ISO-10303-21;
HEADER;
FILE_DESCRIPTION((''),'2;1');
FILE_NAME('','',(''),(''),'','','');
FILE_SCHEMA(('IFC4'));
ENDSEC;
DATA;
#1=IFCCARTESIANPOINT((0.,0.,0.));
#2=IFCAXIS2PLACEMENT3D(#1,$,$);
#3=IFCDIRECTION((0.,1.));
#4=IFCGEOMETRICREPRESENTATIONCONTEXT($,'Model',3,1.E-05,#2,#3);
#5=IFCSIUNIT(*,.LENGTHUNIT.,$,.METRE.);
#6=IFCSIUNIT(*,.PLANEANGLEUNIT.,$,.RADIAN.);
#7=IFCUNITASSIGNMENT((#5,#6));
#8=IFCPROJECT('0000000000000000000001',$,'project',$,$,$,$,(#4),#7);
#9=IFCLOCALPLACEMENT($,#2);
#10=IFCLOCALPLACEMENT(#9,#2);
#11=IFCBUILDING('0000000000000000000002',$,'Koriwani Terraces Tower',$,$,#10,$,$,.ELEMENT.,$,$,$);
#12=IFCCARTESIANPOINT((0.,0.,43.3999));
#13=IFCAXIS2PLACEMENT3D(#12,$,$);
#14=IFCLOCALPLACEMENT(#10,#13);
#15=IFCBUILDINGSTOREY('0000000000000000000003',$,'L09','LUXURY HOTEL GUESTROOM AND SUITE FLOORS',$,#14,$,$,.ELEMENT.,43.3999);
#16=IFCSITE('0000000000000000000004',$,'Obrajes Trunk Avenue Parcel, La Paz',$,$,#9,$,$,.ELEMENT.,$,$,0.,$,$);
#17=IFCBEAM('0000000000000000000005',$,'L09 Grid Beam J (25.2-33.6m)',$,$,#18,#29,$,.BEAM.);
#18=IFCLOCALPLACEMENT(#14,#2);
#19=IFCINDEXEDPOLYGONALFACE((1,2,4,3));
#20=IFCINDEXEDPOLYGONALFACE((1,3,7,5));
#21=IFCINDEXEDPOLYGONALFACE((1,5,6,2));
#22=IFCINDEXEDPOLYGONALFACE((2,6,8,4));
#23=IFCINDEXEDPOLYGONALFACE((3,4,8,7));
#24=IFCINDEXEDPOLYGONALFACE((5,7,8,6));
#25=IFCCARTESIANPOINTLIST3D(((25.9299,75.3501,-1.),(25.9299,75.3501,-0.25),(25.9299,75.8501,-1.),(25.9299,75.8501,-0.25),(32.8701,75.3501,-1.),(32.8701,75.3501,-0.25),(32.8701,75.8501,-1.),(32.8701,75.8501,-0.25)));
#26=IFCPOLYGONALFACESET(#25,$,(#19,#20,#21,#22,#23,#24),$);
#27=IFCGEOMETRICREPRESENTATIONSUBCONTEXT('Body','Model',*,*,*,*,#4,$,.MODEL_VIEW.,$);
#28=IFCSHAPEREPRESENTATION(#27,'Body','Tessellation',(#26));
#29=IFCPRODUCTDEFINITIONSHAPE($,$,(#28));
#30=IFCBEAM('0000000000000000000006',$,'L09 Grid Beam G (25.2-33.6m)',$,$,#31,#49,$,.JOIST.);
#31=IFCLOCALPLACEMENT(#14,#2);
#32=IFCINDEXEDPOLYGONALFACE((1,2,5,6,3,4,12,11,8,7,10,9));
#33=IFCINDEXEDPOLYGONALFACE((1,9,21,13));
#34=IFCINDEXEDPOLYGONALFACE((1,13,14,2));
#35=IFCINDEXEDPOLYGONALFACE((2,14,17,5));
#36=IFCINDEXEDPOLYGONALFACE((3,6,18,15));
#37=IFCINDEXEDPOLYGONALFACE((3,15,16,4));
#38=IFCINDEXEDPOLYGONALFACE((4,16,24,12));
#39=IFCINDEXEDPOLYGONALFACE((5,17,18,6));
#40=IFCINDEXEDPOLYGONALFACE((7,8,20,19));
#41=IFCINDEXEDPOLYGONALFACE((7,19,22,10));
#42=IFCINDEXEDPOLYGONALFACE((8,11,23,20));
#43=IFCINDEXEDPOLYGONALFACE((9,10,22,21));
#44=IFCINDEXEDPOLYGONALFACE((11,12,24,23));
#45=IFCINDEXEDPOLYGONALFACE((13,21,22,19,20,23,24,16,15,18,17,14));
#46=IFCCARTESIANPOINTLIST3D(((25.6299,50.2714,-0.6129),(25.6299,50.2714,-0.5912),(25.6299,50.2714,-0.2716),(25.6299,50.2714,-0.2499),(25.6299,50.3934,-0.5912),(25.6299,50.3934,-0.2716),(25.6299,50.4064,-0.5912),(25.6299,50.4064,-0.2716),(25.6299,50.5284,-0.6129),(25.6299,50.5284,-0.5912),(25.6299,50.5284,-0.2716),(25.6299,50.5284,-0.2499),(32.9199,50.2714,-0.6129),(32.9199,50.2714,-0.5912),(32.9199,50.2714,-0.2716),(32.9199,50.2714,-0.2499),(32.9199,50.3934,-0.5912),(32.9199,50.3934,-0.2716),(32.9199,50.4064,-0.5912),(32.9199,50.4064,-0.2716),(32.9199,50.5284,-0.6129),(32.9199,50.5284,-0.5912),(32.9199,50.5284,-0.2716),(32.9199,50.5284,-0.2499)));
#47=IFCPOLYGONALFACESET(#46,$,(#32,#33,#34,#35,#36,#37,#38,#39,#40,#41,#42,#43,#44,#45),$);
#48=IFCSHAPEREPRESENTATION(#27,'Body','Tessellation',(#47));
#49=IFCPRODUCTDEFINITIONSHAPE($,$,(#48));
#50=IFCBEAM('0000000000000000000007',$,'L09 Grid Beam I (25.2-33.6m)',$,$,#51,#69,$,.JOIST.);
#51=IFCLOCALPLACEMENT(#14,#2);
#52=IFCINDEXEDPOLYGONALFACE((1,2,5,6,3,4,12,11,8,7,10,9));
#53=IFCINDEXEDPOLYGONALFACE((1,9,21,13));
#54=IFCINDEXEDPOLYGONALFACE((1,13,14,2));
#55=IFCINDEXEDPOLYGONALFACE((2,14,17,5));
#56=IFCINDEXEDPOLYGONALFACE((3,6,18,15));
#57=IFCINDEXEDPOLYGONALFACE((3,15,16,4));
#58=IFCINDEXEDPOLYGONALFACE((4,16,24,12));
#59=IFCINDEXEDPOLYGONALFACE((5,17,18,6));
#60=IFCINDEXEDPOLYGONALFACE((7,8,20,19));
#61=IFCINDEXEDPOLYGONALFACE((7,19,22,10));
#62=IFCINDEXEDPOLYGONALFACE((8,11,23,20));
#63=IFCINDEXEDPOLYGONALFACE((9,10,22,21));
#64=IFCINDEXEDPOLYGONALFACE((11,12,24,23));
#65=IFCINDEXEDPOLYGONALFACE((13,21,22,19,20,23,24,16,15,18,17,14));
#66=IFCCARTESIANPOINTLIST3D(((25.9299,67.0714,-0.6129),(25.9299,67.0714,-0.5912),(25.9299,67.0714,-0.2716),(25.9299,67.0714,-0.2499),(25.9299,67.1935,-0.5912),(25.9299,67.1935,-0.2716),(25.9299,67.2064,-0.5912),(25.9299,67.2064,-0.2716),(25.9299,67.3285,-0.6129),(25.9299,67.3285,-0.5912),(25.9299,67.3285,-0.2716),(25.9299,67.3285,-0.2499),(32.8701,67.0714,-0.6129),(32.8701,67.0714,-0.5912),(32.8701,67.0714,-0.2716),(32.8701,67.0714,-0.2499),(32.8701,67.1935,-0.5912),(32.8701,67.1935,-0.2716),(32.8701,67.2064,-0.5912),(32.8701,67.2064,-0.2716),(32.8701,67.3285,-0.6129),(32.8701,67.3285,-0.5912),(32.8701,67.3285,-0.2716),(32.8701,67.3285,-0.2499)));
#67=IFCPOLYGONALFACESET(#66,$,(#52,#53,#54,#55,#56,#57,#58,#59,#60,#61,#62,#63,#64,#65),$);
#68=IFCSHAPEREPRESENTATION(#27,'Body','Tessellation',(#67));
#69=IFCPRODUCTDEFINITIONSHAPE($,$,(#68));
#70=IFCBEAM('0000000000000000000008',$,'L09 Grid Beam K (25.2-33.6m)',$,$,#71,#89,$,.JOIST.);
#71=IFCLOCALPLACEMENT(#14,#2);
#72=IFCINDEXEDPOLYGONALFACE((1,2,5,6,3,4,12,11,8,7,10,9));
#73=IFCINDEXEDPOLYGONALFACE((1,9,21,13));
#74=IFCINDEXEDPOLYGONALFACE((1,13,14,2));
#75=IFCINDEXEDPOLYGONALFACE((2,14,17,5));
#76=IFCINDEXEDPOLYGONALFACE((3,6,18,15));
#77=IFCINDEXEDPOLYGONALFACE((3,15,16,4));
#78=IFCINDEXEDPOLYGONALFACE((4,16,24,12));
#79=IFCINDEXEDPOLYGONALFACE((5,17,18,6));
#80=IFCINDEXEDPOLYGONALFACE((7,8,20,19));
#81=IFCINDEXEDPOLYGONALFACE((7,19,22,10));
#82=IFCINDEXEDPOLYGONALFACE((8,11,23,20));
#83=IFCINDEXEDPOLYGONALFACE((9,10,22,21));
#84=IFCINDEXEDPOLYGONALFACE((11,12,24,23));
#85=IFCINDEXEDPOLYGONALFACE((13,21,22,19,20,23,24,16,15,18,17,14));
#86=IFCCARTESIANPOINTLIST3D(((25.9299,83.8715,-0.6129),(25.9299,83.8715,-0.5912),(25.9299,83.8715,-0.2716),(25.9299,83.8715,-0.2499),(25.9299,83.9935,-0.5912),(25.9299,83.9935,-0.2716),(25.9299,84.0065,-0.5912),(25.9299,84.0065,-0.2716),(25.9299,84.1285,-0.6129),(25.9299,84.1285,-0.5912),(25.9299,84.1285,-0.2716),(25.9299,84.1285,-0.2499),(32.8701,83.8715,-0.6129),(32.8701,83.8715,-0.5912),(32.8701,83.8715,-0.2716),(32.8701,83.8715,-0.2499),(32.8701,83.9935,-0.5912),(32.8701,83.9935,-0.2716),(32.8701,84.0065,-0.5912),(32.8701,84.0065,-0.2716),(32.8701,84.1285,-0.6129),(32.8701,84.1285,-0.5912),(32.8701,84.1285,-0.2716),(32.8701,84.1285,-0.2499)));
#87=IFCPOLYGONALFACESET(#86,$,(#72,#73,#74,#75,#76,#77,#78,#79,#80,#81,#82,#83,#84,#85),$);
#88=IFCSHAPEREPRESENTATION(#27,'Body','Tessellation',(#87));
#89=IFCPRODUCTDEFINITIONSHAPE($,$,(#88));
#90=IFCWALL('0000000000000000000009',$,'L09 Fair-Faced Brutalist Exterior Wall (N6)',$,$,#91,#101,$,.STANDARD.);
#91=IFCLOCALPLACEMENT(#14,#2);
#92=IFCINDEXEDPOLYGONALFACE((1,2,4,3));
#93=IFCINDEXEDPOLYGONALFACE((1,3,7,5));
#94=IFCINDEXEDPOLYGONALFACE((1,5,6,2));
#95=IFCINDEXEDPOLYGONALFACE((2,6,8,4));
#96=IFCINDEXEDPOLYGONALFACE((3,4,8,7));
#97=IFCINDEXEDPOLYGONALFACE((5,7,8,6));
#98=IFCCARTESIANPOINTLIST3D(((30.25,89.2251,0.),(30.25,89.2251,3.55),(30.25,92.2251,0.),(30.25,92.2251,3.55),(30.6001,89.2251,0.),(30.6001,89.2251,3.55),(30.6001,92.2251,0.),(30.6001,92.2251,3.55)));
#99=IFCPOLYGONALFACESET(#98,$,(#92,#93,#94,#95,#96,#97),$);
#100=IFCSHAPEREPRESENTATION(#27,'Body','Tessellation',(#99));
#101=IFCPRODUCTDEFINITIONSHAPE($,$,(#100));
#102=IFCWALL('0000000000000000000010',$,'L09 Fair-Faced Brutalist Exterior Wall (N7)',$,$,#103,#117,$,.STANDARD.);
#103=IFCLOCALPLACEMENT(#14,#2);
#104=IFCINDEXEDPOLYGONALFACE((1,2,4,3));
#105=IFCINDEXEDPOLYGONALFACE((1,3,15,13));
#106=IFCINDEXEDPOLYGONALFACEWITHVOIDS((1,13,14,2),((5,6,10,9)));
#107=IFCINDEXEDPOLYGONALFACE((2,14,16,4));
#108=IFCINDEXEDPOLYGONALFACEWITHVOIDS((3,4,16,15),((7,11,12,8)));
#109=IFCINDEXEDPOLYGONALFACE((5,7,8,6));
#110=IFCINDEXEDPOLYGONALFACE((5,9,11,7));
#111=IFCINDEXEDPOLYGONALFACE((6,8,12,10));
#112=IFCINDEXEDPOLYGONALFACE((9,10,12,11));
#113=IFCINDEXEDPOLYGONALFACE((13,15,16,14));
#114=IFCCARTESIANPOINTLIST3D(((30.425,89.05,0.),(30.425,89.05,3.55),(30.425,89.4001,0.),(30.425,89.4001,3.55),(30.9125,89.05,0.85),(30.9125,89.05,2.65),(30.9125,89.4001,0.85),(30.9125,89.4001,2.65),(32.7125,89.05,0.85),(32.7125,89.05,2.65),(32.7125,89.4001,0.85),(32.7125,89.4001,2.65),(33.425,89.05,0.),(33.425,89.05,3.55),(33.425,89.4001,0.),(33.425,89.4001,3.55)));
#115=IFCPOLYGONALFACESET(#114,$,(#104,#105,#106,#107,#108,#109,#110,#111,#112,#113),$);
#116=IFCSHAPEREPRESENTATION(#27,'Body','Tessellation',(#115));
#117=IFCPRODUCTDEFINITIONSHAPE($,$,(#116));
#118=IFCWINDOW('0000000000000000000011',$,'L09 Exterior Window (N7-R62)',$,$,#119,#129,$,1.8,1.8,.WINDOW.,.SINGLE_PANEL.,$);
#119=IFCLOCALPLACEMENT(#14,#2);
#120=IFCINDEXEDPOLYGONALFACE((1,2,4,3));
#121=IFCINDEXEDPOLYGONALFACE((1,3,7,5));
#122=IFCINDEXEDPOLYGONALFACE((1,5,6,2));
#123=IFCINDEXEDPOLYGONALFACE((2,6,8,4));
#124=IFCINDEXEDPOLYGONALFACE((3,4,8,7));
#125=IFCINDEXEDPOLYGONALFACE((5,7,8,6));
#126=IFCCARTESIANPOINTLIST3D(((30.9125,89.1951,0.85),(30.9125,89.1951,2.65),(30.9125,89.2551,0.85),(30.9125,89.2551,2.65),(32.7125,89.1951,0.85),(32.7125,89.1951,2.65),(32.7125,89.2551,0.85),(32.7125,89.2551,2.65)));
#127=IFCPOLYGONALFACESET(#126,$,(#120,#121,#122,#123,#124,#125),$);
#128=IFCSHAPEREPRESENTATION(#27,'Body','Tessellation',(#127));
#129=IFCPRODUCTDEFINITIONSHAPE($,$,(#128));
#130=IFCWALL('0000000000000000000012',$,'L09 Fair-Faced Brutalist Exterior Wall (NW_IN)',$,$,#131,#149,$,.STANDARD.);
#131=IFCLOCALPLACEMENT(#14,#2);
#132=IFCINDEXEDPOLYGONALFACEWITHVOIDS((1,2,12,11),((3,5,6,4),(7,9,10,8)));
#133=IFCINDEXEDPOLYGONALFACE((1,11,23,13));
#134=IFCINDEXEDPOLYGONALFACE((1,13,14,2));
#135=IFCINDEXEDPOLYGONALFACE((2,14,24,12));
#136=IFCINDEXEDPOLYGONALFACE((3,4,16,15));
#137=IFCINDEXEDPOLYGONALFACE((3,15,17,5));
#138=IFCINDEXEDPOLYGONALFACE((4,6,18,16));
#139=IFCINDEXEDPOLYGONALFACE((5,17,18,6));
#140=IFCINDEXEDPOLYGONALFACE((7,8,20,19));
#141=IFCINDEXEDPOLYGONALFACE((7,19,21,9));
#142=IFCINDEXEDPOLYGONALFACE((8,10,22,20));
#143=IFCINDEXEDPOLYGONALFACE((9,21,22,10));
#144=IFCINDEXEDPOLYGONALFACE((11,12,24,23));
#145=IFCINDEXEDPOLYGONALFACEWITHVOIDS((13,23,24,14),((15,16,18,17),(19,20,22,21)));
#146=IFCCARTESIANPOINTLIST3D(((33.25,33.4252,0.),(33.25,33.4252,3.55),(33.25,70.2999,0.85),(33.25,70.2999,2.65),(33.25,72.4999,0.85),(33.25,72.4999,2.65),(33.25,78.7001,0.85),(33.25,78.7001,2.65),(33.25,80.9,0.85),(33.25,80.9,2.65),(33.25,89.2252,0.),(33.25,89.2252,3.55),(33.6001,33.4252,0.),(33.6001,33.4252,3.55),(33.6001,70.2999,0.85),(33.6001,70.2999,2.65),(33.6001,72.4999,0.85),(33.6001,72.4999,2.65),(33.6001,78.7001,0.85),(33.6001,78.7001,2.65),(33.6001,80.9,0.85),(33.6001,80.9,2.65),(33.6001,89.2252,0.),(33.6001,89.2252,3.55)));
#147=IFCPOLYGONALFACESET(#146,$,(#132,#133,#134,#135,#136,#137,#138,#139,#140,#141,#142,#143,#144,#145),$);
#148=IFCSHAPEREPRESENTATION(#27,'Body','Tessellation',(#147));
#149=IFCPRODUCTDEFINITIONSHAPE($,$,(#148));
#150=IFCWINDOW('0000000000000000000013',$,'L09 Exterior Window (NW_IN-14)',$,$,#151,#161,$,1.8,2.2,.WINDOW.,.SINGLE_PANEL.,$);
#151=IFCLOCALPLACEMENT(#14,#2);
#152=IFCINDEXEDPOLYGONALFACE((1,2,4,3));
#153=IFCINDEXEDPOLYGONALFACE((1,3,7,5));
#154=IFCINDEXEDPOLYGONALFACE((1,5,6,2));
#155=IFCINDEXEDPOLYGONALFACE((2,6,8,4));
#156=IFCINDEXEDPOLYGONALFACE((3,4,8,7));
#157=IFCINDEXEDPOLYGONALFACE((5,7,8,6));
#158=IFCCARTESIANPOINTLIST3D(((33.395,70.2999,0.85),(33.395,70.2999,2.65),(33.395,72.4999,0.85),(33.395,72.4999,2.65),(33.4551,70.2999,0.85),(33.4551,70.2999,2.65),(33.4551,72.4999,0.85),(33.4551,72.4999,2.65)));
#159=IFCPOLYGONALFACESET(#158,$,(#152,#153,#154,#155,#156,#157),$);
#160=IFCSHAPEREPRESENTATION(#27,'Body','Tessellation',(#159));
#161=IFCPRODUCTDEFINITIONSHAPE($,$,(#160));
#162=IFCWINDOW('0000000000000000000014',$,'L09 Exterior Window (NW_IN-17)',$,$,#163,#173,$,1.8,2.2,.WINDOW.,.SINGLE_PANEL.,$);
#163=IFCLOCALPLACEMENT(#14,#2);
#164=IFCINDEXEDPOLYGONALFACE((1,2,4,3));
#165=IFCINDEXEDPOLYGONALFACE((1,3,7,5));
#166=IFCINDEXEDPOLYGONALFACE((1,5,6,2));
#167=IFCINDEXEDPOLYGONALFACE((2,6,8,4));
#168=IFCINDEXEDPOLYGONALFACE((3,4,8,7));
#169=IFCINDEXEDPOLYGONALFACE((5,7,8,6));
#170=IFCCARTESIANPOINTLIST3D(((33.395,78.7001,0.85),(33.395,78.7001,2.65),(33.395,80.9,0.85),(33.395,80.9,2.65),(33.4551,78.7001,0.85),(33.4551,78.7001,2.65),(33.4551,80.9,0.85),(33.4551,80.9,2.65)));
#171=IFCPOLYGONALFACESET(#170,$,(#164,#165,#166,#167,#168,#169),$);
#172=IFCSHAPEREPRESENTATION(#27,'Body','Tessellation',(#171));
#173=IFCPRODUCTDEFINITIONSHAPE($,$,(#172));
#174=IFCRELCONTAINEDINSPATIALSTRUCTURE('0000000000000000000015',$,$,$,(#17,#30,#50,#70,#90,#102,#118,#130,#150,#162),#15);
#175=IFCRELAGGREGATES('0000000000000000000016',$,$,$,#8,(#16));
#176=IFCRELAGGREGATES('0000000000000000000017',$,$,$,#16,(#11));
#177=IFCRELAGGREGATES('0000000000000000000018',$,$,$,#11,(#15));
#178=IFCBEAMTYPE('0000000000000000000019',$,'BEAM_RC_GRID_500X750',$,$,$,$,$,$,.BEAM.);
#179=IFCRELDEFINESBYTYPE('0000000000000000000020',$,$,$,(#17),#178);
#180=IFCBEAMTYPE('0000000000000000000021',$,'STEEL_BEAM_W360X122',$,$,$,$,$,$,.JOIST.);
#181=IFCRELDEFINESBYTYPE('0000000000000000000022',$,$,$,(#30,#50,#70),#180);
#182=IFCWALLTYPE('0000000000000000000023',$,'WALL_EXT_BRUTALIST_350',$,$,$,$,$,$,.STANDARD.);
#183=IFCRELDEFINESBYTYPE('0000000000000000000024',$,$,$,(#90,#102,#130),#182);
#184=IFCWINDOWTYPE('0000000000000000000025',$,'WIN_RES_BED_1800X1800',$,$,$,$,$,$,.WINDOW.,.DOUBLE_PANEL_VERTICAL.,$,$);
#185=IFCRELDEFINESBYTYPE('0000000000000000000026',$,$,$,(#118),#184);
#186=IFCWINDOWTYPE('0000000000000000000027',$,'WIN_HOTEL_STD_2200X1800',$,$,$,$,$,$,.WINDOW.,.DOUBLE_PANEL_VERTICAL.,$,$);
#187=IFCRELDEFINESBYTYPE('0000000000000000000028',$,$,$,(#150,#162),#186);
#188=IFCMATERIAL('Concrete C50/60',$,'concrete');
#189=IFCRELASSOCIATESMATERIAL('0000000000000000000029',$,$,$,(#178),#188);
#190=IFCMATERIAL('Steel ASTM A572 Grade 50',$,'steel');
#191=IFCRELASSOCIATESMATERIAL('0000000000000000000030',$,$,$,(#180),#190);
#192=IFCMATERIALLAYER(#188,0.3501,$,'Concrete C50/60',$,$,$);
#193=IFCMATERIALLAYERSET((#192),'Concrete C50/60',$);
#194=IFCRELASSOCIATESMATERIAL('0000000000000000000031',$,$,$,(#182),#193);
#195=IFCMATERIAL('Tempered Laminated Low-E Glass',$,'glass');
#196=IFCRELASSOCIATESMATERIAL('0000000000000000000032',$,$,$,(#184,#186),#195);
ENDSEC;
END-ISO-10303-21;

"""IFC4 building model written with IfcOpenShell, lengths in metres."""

from ifc_helpers import new_model, si_unit, direction, frame, frame_2d, origin, origin_2d, place, context, subcontext, project, spatial, rectangle, i_section, extrude, material, layer, layer_set, material_profile, profile_set, type_object, element, fill, save


model = new_model("IFC4")

# Units and contexts
model_context = context("Model", 3, precision=1e-05, world=origin(), true_north=direction((0.0, 1.0)))
body_context = subcontext(model_context, "Body", "Model", "MODEL_VIEW")
ifc_project = project(units=[si_unit("LENGTHUNIT", "METRE"), si_unit("PLANEANGLEUNIT", "RADIAN")], contexts=[model_context])

# Site, building, storey
site_placement = place(None, origin())
site = spatial("IfcSite", under=ifc_project, at=site_placement, Name="Obrajes Trunk Avenue Parcel, La Paz", CompositionType="ELEMENT", RefElevation=0.0)
building_placement = place(site_placement, origin())
building = spatial("IfcBuilding", under=site, at=building_placement, Name="Koriwani Terraces Tower", CompositionType="ELEMENT")
storey_placement = place(building_placement, frame((0.0, 0.0, 43.3999)))
storey = spatial("IfcBuildingStorey", under=building, at=storey_placement, Name="L09", Description="LUXURY HOTEL GUESTROOM AND SUITE FLOORS", CompositionType="ELEMENT", Elevation=43.3999)

# Beams
ifc_material_1 = material(Name="Concrete C50/60", Category="concrete")
ifc_material_profile_1 = material_profile(ifc_material_1, rectangle(XDim=0.5, YDim=0.75, at=origin_2d()), Name="Concrete C50/60", Category="LoadBearing")
ifc_profile_set_1 = profile_set([ifc_material_profile_1], Name="Concrete C50/60")
beam_type_1 = type_object("IfcBeamType", Name="BEAM_RC_GRID_500X750", PredefinedType="BEAM", material=ifc_profile_set_1)
beam_1_placement = place(storey_placement, frame((25.9299, 75.6001, -0.625), z_axis=(1.0, 0.0, 0.0), x_axis=(0.0, 1.0, 0.0)))
element("IfcBeam", 1, at=beam_1_placement, inside=storey, type_object=beam_type_1, Name="L09 Grid Beam J (25.2-33.6m)", PredefinedType="BEAM", context=body_context, shape_type="SweptSolid", body=[
    extrude(rectangle(XDim=0.5, YDim=0.75, at=origin_2d()), origin(), (0.0, 0.0, 1.0), 6.9402),
])
ifc_material_2 = material(Name="Steel ASTM A572 Grade 50", Category="steel")
ifc_material_profile_2 = material_profile(ifc_material_2, i_section(OverallWidth=0.2571, OverallDepth=0.363, WebThickness=0.0129, FlangeThickness=0.0217, at=origin_2d()), Name="Steel ASTM A572 Grade 50", Category="LoadBearing")
ifc_profile_set_2 = profile_set([ifc_material_profile_2], Name="Steel ASTM A572 Grade 50")
beam_type_2 = type_object("IfcBeamType", Name="STEEL_BEAM_W360X122", PredefinedType="JOIST", material=ifc_profile_set_2)
beam_2_placement = place(storey_placement, frame((25.6299, 50.3999, -0.4314), z_axis=(1.0, 0.0, 0.0), x_axis=(0.0, 1.0, 0.0)))
element("IfcBeam", 2, at=beam_2_placement, inside=storey, type_object=beam_type_2, Name="L09 Grid Beam G (25.2-33.6m)", PredefinedType="JOIST", context=body_context, shape_type="SweptSolid", body=[
    extrude(i_section(OverallWidth=0.2571, OverallDepth=0.363, WebThickness=0.0129, FlangeThickness=0.0217, at=origin_2d()), origin(), (0.0, 0.0, 1.0), 7.29),
])
for number, where, z_axis, x_axis, name in (
    (3, (25.9299, 67.2, -0.4314), (1.0, 0.0, 0.0), (0.0, 1.0, 0.0), "L09 Grid Beam I (25.2-33.6m)"),
    (4, (25.9299, 84.0, -0.4314), (1.0, 0.0, 0.0), (0.0, 1.0, 0.0), "L09 Grid Beam K (25.2-33.6m)"),
):
    element("IfcBeam", number, at=place(storey_placement, frame(where, z_axis=z_axis, x_axis=x_axis)), inside=storey, type_object=beam_type_2, Name=name, PredefinedType="JOIST", context=body_context, shape_type="SweptSolid", body=[
        extrude(i_section(OverallWidth=0.2571, OverallDepth=0.363, WebThickness=0.0129, FlangeThickness=0.0217, at=origin_2d()), origin(), (0.0, 0.0, 1.0), 6.9402),
    ])

# Wall
ifc_layer_1 = layer(ifc_material_1, 0.3501, Name="Concrete C50/60")
ifc_layer_set_1 = layer_set([ifc_layer_1], Name="Concrete C50/60")
wall_type_1 = type_object("IfcWallType", Name="WALL_EXT_BRUTALIST_350", PredefinedType="STANDARD", material=ifc_layer_set_1)
wall_1_placement = place(storey_placement, frame((30.425, 92.2251, 0.0), z_axis=(0.0, 0.0, 1.0), x_axis=(0.0, -1.0, 0.0)))
element("IfcWall", 5, at=wall_1_placement, inside=storey, type_object=wall_type_1, Name="L09 Fair-Faced Brutalist Exterior Wall (N6)", PredefinedType="STANDARD", context=body_context, shape_type="SweptSolid", body=[
    extrude(rectangle(XDim=3.0, YDim=0.3501, at=frame_2d((1.5, 0.0))), origin(), (0.0, 0.0, 1.0), 3.55),
])

# Wall, opening, window
wall_2_placement = place(storey_placement, frame((30.425, 89.2251, 0.0), z_axis=(0.0, 0.0, 1.0), x_axis=(1.0, 0.0, 0.0)))
wall_2 = element("IfcWall", 6, at=wall_2_placement, inside=storey, type_object=wall_type_1, Name="L09 Fair-Faced Brutalist Exterior Wall (N7)", PredefinedType="STANDARD", context=body_context, shape_type="SweptSolid", body=[
    extrude(rectangle(XDim=3.0, YDim=0.3501, at=frame_2d((1.5, 0.0))), origin(), (0.0, 0.0, 1.0), 3.55),
])
opening_1_placement = place(wall_2_placement, frame((0.4875, 0.0, 0.8501)))
opening_1 = element("IfcOpeningElement", 7, at=opening_1_placement, cuts=wall_2, PredefinedType="OPENING", context=body_context, shape_type="SweptSolid", body=[
    extrude(rectangle(XDim=1.8, YDim=1.8, at=frame_2d((0.8999, 0.8999))), frame((0.0, 0.1851, 0.0), z_axis=(0.0, -1.0, 0.0), x_axis=(1.0, 0.0, 0.0)), (0.0, 0.0, 1.0), 0.3701),
])
ifc_material_3 = material(Name="Tempered Laminated Low-E Glass", Category="glass")
window_type_1 = type_object("IfcWindowType", Name="WIN_RES_BED_1800X1800", PartitioningType="DOUBLE_PANEL_VERTICAL", PredefinedType="WINDOW", material=ifc_material_3)
window_1_placement = place(opening_1_placement, origin())
window_1 = element("IfcWindow", 8, at=window_1_placement, inside=storey, type_object=window_type_1, Name="L09 Exterior Window (N7-R62)", OverallHeight=1.8, OverallWidth=1.8, PartitioningType="SINGLE_PANEL", PredefinedType="WINDOW", context=body_context, shape_type="SweptSolid", body=[
    extrude(rectangle(XDim=1.8, YDim=1.8, at=frame_2d((0.8999, 0.8999))), frame((0.0, 0.03, 0.0), z_axis=(0.0, -1.0, 0.0), x_axis=(1.0, 0.0, 0.0)), (0.0, 0.0, 1.0), 0.0601),
])
fill(opening_1, window_1)

# Wall, openings, windows
wall_3_placement = place(storey_placement, frame((33.425, 89.2251, 0.0), z_axis=(0.0, 0.0, 1.0), x_axis=(0.0, -1.0, 0.0)))
wall_3 = element("IfcWall", 9, at=wall_3_placement, inside=storey, type_object=wall_type_1, Name="L09 Fair-Faced Brutalist Exterior Wall (NW_IN)", PredefinedType="STANDARD", context=body_context, shape_type="SweptSolid", body=[
    extrude(rectangle(XDim=55.8, YDim=0.3501, at=frame_2d((27.8999, 0.0))), origin(), (0.0, 0.0, 1.0), 3.55),
])
opening_2_placement = place(wall_3_placement, frame((16.7251, 0.0, 0.8501)))
opening_2 = element("IfcOpeningElement", 10, at=opening_2_placement, cuts=wall_3, PredefinedType="OPENING", context=body_context, shape_type="SweptSolid", body=[
    extrude(rectangle(XDim=2.2, YDim=1.8, at=frame_2d((1.1001, 0.8999))), frame((0.0, 0.1851, 0.0), z_axis=(0.0, -1.0, 0.0), x_axis=(1.0, 0.0, 0.0)), (0.0, 0.0, 1.0), 0.3701),
])
opening_3_placement = place(wall_3_placement, frame((8.325, 0.0, 0.8501)))
opening_3 = element("IfcOpeningElement", 11, at=opening_3_placement, cuts=wall_3, PredefinedType="OPENING", context=body_context, shape_type="SweptSolid", body=[
    extrude(rectangle(XDim=2.2, YDim=1.8, at=frame_2d((1.1001, 0.8999))), frame((0.0, 0.1851, 0.0), z_axis=(0.0, -1.0, 0.0), x_axis=(1.0, 0.0, 0.0)), (0.0, 0.0, 1.0), 0.3701),
])
window_type_2 = type_object("IfcWindowType", Name="WIN_HOTEL_STD_2200X1800", PartitioningType="DOUBLE_PANEL_VERTICAL", PredefinedType="WINDOW", material=ifc_material_3)
window_2_placement = place(opening_2_placement, origin())
window_2 = element("IfcWindow", 12, at=window_2_placement, inside=storey, type_object=window_type_2, Name="L09 Exterior Window (NW_IN-14)", OverallHeight=1.8, OverallWidth=2.2, PartitioningType="SINGLE_PANEL", PredefinedType="WINDOW", context=body_context, shape_type="SweptSolid", body=[
    extrude(rectangle(XDim=2.2, YDim=1.8, at=frame_2d((1.1001, 0.8999))), frame((0.0, 0.03, 0.0), z_axis=(0.0, -1.0, 0.0), x_axis=(1.0, 0.0, 0.0)), (0.0, 0.0, 1.0), 0.0601),
])
fill(opening_2, window_2)
window_3_placement = place(opening_3_placement, origin())
window_3 = element("IfcWindow", 13, at=window_3_placement, inside=storey, type_object=window_type_2, Name="L09 Exterior Window (NW_IN-17)", OverallHeight=1.8, OverallWidth=2.2, PartitioningType="SINGLE_PANEL", PredefinedType="WINDOW", context=body_context, shape_type="SweptSolid", body=[
    extrude(rectangle(XDim=2.2, YDim=1.8, at=frame_2d((1.1001, 0.8999))), frame((0.0, 0.03, 0.0), z_axis=(0.0, -1.0, 0.0), x_axis=(1.0, 0.0, 0.0)), (0.0, 0.0, 1.0), 0.0601),
])
fill(opening_3, window_3)

save(model, "model.ifc")
